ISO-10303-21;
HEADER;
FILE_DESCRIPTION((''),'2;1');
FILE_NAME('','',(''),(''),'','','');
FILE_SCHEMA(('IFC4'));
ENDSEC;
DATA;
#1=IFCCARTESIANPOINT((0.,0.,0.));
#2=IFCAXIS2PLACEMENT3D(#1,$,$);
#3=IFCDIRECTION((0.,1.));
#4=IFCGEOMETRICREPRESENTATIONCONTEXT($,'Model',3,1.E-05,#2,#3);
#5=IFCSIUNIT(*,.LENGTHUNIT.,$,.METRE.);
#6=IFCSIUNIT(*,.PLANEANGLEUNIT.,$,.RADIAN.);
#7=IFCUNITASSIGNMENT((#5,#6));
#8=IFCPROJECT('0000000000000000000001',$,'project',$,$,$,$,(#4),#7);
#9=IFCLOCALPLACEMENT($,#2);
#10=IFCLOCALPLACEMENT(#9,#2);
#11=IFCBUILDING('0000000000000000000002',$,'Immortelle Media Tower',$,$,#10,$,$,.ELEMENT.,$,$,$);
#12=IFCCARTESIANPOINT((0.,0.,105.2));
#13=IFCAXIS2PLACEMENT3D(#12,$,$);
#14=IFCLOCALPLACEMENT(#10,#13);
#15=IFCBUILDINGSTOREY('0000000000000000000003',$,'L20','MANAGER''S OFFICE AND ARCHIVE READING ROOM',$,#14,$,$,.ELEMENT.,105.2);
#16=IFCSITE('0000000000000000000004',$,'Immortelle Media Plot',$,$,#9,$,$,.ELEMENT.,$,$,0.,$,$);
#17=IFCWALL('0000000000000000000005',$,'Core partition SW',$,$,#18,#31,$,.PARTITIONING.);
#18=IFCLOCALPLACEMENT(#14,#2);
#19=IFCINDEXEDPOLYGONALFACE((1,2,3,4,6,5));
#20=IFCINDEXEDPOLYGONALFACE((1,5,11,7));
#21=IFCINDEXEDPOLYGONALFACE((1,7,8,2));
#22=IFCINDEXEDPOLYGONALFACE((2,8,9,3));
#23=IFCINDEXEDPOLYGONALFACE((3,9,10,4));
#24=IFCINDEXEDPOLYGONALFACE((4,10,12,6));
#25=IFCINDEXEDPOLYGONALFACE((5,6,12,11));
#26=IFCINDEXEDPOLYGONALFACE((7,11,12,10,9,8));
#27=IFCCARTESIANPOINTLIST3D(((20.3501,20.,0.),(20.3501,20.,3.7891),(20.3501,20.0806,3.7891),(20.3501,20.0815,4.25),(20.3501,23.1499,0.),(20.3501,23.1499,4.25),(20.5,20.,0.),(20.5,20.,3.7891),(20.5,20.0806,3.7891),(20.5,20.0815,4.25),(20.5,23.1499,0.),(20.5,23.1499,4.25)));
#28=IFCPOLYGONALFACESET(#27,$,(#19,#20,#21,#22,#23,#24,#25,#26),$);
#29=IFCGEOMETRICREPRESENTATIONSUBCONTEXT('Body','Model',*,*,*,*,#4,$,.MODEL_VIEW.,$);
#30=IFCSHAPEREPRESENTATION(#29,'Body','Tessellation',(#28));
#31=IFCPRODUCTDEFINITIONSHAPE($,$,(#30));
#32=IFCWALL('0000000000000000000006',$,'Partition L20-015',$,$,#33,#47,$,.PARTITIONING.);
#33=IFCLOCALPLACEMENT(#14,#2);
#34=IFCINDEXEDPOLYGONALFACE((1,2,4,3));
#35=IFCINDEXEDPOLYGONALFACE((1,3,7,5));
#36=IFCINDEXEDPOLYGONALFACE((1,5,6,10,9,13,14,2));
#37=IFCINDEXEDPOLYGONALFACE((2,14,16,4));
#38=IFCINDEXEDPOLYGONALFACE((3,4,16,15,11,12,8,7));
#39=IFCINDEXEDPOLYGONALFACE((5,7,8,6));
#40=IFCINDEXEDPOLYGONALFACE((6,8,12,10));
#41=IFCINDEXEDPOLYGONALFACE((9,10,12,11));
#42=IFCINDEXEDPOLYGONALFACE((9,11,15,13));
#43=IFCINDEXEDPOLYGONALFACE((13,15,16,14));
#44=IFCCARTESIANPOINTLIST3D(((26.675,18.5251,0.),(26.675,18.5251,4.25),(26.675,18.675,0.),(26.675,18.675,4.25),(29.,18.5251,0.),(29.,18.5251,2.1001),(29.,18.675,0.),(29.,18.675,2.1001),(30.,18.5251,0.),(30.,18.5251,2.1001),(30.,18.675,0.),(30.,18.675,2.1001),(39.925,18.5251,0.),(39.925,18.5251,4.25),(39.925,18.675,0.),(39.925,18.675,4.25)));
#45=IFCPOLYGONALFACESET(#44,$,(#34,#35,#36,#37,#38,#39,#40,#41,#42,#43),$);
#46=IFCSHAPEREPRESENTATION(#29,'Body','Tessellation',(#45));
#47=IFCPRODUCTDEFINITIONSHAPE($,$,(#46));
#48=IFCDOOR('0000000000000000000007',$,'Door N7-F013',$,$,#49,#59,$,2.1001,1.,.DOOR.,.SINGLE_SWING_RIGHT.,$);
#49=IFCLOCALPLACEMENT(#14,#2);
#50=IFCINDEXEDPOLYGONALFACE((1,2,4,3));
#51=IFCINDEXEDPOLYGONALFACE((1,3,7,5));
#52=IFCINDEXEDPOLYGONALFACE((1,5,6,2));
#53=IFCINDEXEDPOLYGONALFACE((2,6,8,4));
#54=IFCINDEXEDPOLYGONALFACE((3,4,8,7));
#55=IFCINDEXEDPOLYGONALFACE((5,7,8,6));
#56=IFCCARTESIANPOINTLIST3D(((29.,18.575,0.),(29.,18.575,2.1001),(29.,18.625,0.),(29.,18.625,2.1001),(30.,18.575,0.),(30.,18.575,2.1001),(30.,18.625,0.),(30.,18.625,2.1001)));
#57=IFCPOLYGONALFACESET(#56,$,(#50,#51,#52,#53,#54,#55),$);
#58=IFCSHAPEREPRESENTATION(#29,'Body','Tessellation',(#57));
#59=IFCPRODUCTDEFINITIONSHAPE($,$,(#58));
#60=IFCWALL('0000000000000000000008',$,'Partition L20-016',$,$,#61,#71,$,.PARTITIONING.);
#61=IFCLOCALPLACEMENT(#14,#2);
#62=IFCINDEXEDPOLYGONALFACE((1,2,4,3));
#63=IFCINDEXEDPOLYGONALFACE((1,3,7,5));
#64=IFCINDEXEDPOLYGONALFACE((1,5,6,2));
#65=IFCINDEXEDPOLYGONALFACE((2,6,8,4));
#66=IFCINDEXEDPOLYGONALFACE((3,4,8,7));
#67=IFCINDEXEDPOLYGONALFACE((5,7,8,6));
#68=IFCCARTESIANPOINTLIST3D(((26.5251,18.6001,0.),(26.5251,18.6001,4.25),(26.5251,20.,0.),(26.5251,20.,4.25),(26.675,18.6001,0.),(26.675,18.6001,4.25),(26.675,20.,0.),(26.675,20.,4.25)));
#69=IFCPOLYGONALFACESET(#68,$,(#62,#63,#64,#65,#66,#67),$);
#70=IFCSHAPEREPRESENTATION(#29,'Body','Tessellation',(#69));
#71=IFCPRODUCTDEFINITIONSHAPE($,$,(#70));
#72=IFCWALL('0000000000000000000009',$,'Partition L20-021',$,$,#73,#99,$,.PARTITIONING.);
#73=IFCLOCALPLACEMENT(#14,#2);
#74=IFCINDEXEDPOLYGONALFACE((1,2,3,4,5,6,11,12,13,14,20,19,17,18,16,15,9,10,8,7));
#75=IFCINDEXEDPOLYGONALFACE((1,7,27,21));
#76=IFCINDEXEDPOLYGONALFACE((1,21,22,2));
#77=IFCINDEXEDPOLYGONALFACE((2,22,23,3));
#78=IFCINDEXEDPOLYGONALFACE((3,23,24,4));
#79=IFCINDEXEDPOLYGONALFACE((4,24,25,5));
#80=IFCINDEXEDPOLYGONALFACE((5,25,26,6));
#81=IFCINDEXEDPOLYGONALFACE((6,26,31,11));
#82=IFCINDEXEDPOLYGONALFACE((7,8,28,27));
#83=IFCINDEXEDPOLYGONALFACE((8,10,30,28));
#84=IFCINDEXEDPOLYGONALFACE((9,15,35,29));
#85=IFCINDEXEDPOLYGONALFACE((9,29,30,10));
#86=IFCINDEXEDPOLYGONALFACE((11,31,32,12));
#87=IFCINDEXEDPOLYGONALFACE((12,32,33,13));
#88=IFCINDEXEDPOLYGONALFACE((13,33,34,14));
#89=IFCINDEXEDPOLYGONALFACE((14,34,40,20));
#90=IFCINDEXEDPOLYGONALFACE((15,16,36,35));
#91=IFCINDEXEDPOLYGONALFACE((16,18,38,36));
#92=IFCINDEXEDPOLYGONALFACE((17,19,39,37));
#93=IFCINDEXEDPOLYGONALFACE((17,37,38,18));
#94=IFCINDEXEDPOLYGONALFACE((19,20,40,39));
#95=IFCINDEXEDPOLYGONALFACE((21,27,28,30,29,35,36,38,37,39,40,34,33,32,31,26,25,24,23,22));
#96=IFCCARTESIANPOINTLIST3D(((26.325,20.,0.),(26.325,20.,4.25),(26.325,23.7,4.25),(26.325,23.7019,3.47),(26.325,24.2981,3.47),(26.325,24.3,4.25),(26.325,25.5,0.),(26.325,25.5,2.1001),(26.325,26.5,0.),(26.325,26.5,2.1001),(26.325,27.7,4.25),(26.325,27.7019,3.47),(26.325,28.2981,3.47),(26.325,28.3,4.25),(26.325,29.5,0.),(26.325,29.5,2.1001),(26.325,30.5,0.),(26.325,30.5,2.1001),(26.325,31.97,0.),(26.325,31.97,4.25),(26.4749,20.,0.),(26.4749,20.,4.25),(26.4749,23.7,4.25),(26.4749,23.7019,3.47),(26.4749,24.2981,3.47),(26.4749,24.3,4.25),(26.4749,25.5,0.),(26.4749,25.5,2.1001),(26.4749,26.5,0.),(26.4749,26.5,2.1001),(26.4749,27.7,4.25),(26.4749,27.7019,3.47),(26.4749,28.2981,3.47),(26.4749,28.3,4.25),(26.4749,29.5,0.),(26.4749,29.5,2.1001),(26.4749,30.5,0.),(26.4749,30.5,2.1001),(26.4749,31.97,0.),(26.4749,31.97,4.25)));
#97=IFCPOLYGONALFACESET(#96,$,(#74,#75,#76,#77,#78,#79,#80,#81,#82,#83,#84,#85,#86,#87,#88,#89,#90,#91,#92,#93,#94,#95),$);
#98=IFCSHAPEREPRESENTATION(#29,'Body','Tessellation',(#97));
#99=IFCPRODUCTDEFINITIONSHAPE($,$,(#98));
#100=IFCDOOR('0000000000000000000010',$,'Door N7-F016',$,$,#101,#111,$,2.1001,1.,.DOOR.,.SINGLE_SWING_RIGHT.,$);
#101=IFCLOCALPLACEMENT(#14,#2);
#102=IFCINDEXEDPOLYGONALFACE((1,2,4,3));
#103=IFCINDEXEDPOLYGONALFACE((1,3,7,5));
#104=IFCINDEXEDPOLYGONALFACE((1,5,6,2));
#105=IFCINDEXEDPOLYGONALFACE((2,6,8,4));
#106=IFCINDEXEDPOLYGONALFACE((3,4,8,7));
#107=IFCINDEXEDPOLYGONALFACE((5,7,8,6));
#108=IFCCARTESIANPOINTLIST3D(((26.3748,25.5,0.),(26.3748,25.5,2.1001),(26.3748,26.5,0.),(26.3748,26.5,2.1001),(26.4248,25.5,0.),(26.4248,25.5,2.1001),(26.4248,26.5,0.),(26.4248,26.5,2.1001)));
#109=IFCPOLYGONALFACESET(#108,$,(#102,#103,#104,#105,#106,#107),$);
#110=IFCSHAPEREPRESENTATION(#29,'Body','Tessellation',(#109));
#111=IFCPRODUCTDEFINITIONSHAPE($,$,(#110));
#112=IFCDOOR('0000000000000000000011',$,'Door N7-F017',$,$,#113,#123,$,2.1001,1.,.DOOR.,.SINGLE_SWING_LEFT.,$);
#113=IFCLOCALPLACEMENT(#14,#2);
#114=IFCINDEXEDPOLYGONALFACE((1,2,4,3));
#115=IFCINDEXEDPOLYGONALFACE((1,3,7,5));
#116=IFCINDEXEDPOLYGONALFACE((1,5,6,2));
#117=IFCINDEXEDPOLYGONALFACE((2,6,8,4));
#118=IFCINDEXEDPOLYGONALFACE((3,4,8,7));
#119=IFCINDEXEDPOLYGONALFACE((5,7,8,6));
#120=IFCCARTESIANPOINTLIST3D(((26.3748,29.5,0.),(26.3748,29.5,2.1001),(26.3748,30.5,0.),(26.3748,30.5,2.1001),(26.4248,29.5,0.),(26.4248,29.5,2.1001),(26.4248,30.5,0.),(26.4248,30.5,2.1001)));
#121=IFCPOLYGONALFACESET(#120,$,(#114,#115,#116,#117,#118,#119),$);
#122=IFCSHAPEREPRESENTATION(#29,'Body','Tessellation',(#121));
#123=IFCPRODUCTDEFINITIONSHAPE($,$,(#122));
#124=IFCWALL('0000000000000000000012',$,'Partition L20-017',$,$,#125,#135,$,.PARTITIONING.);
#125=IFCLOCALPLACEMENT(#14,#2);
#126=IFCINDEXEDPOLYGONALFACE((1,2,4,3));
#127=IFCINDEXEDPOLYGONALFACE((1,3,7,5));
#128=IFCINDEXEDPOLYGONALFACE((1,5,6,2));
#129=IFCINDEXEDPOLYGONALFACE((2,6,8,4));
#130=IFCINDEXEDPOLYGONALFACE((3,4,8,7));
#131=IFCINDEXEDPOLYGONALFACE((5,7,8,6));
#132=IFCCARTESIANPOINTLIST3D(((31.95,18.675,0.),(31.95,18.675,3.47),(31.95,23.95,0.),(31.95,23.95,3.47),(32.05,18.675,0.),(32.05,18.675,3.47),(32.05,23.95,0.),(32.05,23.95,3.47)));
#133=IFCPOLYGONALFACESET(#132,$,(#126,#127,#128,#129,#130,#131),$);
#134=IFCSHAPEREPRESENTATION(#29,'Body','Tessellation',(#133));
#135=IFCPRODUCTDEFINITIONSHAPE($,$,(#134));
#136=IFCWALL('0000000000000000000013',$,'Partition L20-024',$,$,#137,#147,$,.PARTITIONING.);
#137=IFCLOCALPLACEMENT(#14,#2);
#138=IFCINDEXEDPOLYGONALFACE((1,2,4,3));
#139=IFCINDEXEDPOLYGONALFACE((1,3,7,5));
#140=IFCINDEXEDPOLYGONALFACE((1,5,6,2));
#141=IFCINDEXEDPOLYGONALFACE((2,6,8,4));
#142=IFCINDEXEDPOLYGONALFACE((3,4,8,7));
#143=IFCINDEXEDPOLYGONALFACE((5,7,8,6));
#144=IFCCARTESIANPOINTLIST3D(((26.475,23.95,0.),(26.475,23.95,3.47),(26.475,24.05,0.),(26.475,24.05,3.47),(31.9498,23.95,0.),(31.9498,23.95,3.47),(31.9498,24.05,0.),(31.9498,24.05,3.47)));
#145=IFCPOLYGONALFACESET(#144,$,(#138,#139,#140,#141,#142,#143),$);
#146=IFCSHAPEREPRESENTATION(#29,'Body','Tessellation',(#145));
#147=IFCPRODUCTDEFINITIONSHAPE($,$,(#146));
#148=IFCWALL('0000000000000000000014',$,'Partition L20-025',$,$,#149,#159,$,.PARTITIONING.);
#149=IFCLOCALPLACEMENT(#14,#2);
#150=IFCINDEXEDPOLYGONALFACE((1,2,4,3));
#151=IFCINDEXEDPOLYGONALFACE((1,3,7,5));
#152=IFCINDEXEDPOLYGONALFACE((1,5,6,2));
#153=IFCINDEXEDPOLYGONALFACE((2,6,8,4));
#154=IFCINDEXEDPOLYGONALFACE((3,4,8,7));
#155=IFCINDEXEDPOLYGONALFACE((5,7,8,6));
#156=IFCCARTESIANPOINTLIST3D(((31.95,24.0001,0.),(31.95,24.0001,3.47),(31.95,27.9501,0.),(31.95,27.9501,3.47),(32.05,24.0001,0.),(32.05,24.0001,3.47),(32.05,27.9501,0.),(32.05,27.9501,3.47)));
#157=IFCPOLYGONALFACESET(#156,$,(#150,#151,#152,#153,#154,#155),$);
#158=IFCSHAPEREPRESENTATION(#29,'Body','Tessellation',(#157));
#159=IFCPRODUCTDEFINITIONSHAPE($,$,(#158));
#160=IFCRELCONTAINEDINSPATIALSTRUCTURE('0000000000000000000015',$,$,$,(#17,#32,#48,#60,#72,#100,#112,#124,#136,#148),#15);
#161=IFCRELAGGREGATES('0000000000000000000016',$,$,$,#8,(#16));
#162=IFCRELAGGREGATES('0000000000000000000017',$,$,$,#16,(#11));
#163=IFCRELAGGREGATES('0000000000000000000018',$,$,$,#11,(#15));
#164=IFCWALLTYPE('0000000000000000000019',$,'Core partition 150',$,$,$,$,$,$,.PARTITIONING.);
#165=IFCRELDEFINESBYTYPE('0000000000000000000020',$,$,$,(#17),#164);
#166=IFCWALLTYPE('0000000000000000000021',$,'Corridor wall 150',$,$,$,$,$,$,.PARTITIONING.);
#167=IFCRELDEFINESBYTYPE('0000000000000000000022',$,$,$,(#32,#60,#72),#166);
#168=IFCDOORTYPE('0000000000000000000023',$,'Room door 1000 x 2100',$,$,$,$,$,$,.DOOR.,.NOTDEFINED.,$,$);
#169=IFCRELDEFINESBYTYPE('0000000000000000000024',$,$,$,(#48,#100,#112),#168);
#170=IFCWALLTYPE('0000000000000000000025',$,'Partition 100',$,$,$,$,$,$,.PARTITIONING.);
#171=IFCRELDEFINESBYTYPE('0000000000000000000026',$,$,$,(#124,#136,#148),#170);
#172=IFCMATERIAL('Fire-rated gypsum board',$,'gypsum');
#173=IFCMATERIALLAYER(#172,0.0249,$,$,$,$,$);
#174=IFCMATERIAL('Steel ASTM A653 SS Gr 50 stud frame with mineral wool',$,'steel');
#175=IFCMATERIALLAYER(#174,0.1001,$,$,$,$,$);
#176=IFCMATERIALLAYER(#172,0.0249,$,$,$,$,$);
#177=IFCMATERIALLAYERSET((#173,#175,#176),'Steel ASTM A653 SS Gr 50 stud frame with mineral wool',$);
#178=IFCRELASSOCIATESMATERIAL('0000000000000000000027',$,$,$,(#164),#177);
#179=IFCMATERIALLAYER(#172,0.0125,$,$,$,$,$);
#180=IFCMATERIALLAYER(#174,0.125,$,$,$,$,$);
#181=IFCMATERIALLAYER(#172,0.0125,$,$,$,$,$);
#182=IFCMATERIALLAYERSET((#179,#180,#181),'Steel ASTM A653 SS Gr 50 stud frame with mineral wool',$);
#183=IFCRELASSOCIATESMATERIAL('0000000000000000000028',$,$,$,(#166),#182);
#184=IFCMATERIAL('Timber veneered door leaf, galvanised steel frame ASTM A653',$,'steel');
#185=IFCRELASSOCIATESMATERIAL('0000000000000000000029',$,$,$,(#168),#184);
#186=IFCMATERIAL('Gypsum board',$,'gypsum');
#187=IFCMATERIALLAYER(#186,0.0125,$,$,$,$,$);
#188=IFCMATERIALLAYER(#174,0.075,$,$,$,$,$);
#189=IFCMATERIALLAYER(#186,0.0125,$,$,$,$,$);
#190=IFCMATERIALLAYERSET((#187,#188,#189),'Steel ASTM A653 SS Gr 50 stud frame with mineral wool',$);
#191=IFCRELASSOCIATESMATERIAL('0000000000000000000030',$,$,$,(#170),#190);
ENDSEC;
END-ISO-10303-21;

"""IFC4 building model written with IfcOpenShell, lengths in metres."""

from ifc_helpers import new_model, si_unit, direction, frame, frame_2d, origin, place, context, subcontext, project, spatial, polyline, rectangle, outline, extrude, material, layer, layer_set, type_object, element, fill, save


model = new_model("IFC4")

# Units and contexts
model_context = context("Model", 3, precision=1e-05, world=origin(), true_north=direction((0.0, 1.0)))
body_context = subcontext(model_context, "Body", "Model", "MODEL_VIEW")
ifc_project = project(units=[si_unit("LENGTHUNIT", "METRE"), si_unit("PLANEANGLEUNIT", "RADIAN")], contexts=[model_context])

# Site, building, storey
site_placement = place(None, origin())
site = spatial("IfcSite", under=ifc_project, at=site_placement, Name="Immortelle Media Plot", CompositionType="ELEMENT", RefElevation=0.0)
building_placement = place(site_placement, origin())
building = spatial("IfcBuilding", under=site, at=building_placement, Name="Immortelle Media Tower", CompositionType="ELEMENT")
storey_placement = place(building_placement, frame((0.0, 0.0, 105.2)))
storey = spatial("IfcBuildingStorey", under=building, at=storey_placement, Name="L20", Description="MANAGER'S OFFICE AND ARCHIVE READING ROOM", CompositionType="ELEMENT", Elevation=105.2)

# Wall
ifc_material_1 = material(Name="Fire-rated gypsum board", Category="gypsum")
ifc_layer_1 = layer(ifc_material_1, 0.0249)
ifc_material_2 = material(Name="Steel ASTM A653 SS Gr 50 stud frame with mineral wool", Category="steel")
ifc_layer_2 = layer(ifc_material_2, 0.1001)
ifc_layer_3 = layer(ifc_material_1, 0.0249)
ifc_layer_set_1 = layer_set([ifc_layer_1, ifc_layer_2, ifc_layer_3], Name="Steel ASTM A653 SS Gr 50 stud frame with mineral wool")
wall_type_1 = type_object("IfcWallType", Name="Core partition 150", PredefinedType="PARTITIONING", material=ifc_layer_set_1)
wall_1_placement = place(storey_placement, frame((20.425, 20.0, 0.0), z_axis=(0.0, 0.0, 1.0), x_axis=(0.0, 1.0, 0.0)))
element("IfcWall", 1, at=wall_1_placement, inside=storey, type_object=wall_type_1, Name="Core partition SW", PredefinedType="PARTITIONING", context=body_context, shape_type="SweptSolid", body=[
    extrude(outline(polyline([(0.0, 0.0), (3.1499, 0.0), (3.1499, 4.25), (0.0815, 4.25), (0.0806, 3.7891), (0.0, 3.7891), (0.0, 0.0)])), frame((0.0, 0.075, 0.0), z_axis=(0.0, -1.0, 0.0), x_axis=(1.0, 0.0, 0.0)), (0.0, 0.0, 1.0), 0.1499),
])

# Wall, opening, door
ifc_layer_4 = layer(ifc_material_1, 0.0125)
ifc_layer_5 = layer(ifc_material_2, 0.125)
ifc_layer_6 = layer(ifc_material_1, 0.0125)
ifc_layer_set_2 = layer_set([ifc_layer_4, ifc_layer_5, ifc_layer_6], Name="Steel ASTM A653 SS Gr 50 stud frame with mineral wool")
wall_type_2 = type_object("IfcWallType", Name="Corridor wall 150", PredefinedType="PARTITIONING", material=ifc_layer_set_2)
wall_2_placement = place(storey_placement, frame((26.675, 18.6001, 0.0), z_axis=(0.0, 0.0, 1.0), x_axis=(1.0, 0.0, 0.0)))
wall_2 = element("IfcWall", 2, at=wall_2_placement, inside=storey, type_object=wall_type_2, Name="Partition L20-015", PredefinedType="PARTITIONING", context=body_context, shape_type="SweptSolid", body=[
    extrude(rectangle(XDim=13.25, YDim=0.1499, at=frame_2d((6.625, 0.0))), origin(), (0.0, 0.0, 1.0), 4.25),
])
opening_1_placement = place(wall_2_placement, frame((2.325, 0.0, 0.0)))
opening_1 = element("IfcOpeningElement", 3, at=opening_1_placement, cuts=wall_2, PredefinedType="OPENING", context=body_context, shape_type="SweptSolid", body=[
    extrude(rectangle(XDim=1.0, YDim=2.1001, at=frame_2d((0.5, 1.05))), frame((0.0, 0.085, 0.0), z_axis=(0.0, -1.0, 0.0), x_axis=(1.0, 0.0, 0.0)), (0.0, 0.0, 1.0), 0.1699),
])
ifc_material_3 = material(Name="Timber veneered door leaf, galvanised steel frame ASTM A653", Category="steel")
door_type = type_object("IfcDoorType", Name="Room door 1000 x 2100", OperationType="NOTDEFINED", PredefinedType="DOOR", material=ifc_material_3)
door_1_placement = place(opening_1_placement, origin())
door_1 = element("IfcDoor", 4, at=door_1_placement, inside=storey, type_object=door_type, Name="Door N7-F013", OperationType="SINGLE_SWING_RIGHT", OverallHeight=2.1001, OverallWidth=1.0, PredefinedType="DOOR", context=body_context, shape_type="SweptSolid", body=[
    extrude(rectangle(XDim=1.0, YDim=2.1001, at=frame_2d((0.5, 1.05))), frame((0.0, 0.0249, 0.0), z_axis=(0.0, -1.0, 0.0), x_axis=(1.0, 0.0, 0.0)), (0.0, 0.0, 1.0), 0.05),
])
fill(opening_1, door_1)

# Wall
wall_3_placement = place(storey_placement, frame((26.6001, 18.6001, 0.0), z_axis=(0.0, 0.0, 1.0), x_axis=(0.0, 1.0, 0.0)))
element("IfcWall", 5, at=wall_3_placement, inside=storey, type_object=wall_type_2, Name="Partition L20-016", PredefinedType="PARTITIONING", context=body_context, shape_type="SweptSolid", body=[
    extrude(rectangle(XDim=1.3999, YDim=0.1499, at=frame_2d((0.7, 0.0))), origin(), (0.0, 0.0, 1.0), 4.25),
])

# Wall, openings, doors
wall_4_placement = place(storey_placement, frame((26.3999, 20.0, 0.0), z_axis=(0.0, 0.0, 1.0), x_axis=(0.0, 1.0, 0.0)))
wall_4 = element("IfcWall", 6, at=wall_4_placement, inside=storey, type_object=wall_type_2, Name="Partition L20-021", PredefinedType="PARTITIONING", context=body_context, shape_type="SweptSolid", body=[
    extrude(outline(polyline([(0.0, 0.0), (11.97, 0.0), (11.97, 4.25), (8.3, 4.25), (8.2981, 3.47), (7.7019, 3.47), (7.7, 4.25), (4.3, 4.25), (4.2981, 3.47), (3.7019, 3.47), (3.7, 4.25), (0.0, 4.25), (0.0, 0.0)])), frame((0.0, 0.075, 0.0), z_axis=(0.0, -1.0, 0.0), x_axis=(1.0, 0.0, 0.0)), (0.0, 0.0, 1.0), 0.1499),
])
opening_2_placement = place(wall_4_placement, frame((6.5, 0.0, 0.0), z_axis=(0.0, 0.0, 1.0), x_axis=(-1.0, 0.0, 0.0)))
opening_2 = element("IfcOpeningElement", 7, at=opening_2_placement, cuts=wall_4, PredefinedType="OPENING", context=body_context, shape_type="SweptSolid", body=[
    extrude(rectangle(XDim=1.0, YDim=2.1001, at=frame_2d((0.5, 1.05))), frame((0.0, 0.085, 0.0), z_axis=(0.0, -1.0, 0.0), x_axis=(1.0, 0.0, 0.0)), (0.0, 0.0, 1.0), 0.1699),
])
opening_3_placement = place(wall_4_placement, frame((10.5, 0.0, 0.0), z_axis=(0.0, 0.0, 1.0), x_axis=(-1.0, 0.0, 0.0)))
opening_3 = element("IfcOpeningElement", 8, at=opening_3_placement, cuts=wall_4, PredefinedType="OPENING", context=body_context, shape_type="SweptSolid", body=[
    extrude(rectangle(XDim=1.0, YDim=2.1001, at=frame_2d((0.5, 1.05))), frame((0.0, 0.085, 0.0), z_axis=(0.0, -1.0, 0.0), x_axis=(1.0, 0.0, 0.0)), (0.0, 0.0, 1.0), 0.1699),
])
door_2_placement = place(opening_2_placement, origin())
door_2 = element("IfcDoor", 9, at=door_2_placement, inside=storey, type_object=door_type, Name="Door N7-F016", OperationType="SINGLE_SWING_RIGHT", OverallHeight=2.1001, OverallWidth=1.0, PredefinedType="DOOR", context=body_context, shape_type="SweptSolid", body=[
    extrude(rectangle(XDim=1.0, YDim=2.1001, at=frame_2d((0.5, 1.05))), frame((0.0, 0.0249, 0.0), z_axis=(0.0, -1.0, 0.0), x_axis=(1.0, 0.0, 0.0)), (0.0, 0.0, 1.0), 0.05),
])
fill(opening_2, door_2)
door_3_placement = place(opening_3_placement, origin())
door_3 = element("IfcDoor", 10, at=door_3_placement, inside=storey, type_object=door_type, Name="Door N7-F017", OperationType="SINGLE_SWING_LEFT", OverallHeight=2.1001, OverallWidth=1.0, PredefinedType="DOOR", context=body_context, shape_type="SweptSolid", body=[
    extrude(rectangle(XDim=1.0, YDim=2.1001, at=frame_2d((0.5, 1.05))), frame((0.0, 0.0249, 0.0), z_axis=(0.0, -1.0, 0.0), x_axis=(1.0, 0.0, 0.0)), (0.0, 0.0, 1.0), 0.05),
])
fill(opening_3, door_3)

# Walls
ifc_material_4 = material(Name="Gypsum board", Category="gypsum")
ifc_layer_7 = layer(ifc_material_4, 0.0125)
ifc_layer_8 = layer(ifc_material_2, 0.075)
ifc_layer_9 = layer(ifc_material_4, 0.0125)
ifc_layer_set_3 = layer_set([ifc_layer_7, ifc_layer_8, ifc_layer_9], Name="Steel ASTM A653 SS Gr 50 stud frame with mineral wool")
wall_type_3 = type_object("IfcWallType", Name="Partition 100", PredefinedType="PARTITIONING", material=ifc_layer_set_3)
wall_5_placement = place(storey_placement, frame((32.0, 18.675, 0.0), z_axis=(0.0, 0.0, 1.0), x_axis=(0.0, 1.0, 0.0)))
element("IfcWall", 11, at=wall_5_placement, inside=storey, type_object=wall_type_3, Name="Partition L20-017", PredefinedType="PARTITIONING", context=body_context, shape_type="SweptSolid", body=[
    extrude(rectangle(XDim=5.2749, YDim=0.1001, at=frame_2d((2.6375, 0.0))), origin(), (0.0, 0.0, 1.0), 3.47),
])
wall_6_placement = place(storey_placement, frame((26.4751, 24.0, 0.0), z_axis=(0.0, 0.0, 1.0), x_axis=(1.0, 0.0, 0.0)))
element("IfcWall", 12, at=wall_6_placement, inside=storey, type_object=wall_type_3, Name="Partition L20-024", PredefinedType="PARTITIONING", context=body_context, shape_type="SweptSolid", body=[
    extrude(rectangle(XDim=5.4749, YDim=0.1001, at=frame_2d((2.7373, 0.0))), origin(), (0.0, 0.0, 1.0), 3.47),
])
wall_7_placement = place(storey_placement, frame((32.0, 24.0, 0.0), z_axis=(0.0, 0.0, 1.0), x_axis=(0.0, 1.0, 0.0)))
element("IfcWall", 13, at=wall_7_placement, inside=storey, type_object=wall_type_3, Name="Partition L20-025", PredefinedType="PARTITIONING", context=body_context, shape_type="SweptSolid", body=[
    extrude(rectangle(XDim=3.95, YDim=0.1001, at=frame_2d((1.9751, 0.0))), origin(), (0.0, 0.0, 1.0), 3.47),
])

save(model, "model.ifc")
